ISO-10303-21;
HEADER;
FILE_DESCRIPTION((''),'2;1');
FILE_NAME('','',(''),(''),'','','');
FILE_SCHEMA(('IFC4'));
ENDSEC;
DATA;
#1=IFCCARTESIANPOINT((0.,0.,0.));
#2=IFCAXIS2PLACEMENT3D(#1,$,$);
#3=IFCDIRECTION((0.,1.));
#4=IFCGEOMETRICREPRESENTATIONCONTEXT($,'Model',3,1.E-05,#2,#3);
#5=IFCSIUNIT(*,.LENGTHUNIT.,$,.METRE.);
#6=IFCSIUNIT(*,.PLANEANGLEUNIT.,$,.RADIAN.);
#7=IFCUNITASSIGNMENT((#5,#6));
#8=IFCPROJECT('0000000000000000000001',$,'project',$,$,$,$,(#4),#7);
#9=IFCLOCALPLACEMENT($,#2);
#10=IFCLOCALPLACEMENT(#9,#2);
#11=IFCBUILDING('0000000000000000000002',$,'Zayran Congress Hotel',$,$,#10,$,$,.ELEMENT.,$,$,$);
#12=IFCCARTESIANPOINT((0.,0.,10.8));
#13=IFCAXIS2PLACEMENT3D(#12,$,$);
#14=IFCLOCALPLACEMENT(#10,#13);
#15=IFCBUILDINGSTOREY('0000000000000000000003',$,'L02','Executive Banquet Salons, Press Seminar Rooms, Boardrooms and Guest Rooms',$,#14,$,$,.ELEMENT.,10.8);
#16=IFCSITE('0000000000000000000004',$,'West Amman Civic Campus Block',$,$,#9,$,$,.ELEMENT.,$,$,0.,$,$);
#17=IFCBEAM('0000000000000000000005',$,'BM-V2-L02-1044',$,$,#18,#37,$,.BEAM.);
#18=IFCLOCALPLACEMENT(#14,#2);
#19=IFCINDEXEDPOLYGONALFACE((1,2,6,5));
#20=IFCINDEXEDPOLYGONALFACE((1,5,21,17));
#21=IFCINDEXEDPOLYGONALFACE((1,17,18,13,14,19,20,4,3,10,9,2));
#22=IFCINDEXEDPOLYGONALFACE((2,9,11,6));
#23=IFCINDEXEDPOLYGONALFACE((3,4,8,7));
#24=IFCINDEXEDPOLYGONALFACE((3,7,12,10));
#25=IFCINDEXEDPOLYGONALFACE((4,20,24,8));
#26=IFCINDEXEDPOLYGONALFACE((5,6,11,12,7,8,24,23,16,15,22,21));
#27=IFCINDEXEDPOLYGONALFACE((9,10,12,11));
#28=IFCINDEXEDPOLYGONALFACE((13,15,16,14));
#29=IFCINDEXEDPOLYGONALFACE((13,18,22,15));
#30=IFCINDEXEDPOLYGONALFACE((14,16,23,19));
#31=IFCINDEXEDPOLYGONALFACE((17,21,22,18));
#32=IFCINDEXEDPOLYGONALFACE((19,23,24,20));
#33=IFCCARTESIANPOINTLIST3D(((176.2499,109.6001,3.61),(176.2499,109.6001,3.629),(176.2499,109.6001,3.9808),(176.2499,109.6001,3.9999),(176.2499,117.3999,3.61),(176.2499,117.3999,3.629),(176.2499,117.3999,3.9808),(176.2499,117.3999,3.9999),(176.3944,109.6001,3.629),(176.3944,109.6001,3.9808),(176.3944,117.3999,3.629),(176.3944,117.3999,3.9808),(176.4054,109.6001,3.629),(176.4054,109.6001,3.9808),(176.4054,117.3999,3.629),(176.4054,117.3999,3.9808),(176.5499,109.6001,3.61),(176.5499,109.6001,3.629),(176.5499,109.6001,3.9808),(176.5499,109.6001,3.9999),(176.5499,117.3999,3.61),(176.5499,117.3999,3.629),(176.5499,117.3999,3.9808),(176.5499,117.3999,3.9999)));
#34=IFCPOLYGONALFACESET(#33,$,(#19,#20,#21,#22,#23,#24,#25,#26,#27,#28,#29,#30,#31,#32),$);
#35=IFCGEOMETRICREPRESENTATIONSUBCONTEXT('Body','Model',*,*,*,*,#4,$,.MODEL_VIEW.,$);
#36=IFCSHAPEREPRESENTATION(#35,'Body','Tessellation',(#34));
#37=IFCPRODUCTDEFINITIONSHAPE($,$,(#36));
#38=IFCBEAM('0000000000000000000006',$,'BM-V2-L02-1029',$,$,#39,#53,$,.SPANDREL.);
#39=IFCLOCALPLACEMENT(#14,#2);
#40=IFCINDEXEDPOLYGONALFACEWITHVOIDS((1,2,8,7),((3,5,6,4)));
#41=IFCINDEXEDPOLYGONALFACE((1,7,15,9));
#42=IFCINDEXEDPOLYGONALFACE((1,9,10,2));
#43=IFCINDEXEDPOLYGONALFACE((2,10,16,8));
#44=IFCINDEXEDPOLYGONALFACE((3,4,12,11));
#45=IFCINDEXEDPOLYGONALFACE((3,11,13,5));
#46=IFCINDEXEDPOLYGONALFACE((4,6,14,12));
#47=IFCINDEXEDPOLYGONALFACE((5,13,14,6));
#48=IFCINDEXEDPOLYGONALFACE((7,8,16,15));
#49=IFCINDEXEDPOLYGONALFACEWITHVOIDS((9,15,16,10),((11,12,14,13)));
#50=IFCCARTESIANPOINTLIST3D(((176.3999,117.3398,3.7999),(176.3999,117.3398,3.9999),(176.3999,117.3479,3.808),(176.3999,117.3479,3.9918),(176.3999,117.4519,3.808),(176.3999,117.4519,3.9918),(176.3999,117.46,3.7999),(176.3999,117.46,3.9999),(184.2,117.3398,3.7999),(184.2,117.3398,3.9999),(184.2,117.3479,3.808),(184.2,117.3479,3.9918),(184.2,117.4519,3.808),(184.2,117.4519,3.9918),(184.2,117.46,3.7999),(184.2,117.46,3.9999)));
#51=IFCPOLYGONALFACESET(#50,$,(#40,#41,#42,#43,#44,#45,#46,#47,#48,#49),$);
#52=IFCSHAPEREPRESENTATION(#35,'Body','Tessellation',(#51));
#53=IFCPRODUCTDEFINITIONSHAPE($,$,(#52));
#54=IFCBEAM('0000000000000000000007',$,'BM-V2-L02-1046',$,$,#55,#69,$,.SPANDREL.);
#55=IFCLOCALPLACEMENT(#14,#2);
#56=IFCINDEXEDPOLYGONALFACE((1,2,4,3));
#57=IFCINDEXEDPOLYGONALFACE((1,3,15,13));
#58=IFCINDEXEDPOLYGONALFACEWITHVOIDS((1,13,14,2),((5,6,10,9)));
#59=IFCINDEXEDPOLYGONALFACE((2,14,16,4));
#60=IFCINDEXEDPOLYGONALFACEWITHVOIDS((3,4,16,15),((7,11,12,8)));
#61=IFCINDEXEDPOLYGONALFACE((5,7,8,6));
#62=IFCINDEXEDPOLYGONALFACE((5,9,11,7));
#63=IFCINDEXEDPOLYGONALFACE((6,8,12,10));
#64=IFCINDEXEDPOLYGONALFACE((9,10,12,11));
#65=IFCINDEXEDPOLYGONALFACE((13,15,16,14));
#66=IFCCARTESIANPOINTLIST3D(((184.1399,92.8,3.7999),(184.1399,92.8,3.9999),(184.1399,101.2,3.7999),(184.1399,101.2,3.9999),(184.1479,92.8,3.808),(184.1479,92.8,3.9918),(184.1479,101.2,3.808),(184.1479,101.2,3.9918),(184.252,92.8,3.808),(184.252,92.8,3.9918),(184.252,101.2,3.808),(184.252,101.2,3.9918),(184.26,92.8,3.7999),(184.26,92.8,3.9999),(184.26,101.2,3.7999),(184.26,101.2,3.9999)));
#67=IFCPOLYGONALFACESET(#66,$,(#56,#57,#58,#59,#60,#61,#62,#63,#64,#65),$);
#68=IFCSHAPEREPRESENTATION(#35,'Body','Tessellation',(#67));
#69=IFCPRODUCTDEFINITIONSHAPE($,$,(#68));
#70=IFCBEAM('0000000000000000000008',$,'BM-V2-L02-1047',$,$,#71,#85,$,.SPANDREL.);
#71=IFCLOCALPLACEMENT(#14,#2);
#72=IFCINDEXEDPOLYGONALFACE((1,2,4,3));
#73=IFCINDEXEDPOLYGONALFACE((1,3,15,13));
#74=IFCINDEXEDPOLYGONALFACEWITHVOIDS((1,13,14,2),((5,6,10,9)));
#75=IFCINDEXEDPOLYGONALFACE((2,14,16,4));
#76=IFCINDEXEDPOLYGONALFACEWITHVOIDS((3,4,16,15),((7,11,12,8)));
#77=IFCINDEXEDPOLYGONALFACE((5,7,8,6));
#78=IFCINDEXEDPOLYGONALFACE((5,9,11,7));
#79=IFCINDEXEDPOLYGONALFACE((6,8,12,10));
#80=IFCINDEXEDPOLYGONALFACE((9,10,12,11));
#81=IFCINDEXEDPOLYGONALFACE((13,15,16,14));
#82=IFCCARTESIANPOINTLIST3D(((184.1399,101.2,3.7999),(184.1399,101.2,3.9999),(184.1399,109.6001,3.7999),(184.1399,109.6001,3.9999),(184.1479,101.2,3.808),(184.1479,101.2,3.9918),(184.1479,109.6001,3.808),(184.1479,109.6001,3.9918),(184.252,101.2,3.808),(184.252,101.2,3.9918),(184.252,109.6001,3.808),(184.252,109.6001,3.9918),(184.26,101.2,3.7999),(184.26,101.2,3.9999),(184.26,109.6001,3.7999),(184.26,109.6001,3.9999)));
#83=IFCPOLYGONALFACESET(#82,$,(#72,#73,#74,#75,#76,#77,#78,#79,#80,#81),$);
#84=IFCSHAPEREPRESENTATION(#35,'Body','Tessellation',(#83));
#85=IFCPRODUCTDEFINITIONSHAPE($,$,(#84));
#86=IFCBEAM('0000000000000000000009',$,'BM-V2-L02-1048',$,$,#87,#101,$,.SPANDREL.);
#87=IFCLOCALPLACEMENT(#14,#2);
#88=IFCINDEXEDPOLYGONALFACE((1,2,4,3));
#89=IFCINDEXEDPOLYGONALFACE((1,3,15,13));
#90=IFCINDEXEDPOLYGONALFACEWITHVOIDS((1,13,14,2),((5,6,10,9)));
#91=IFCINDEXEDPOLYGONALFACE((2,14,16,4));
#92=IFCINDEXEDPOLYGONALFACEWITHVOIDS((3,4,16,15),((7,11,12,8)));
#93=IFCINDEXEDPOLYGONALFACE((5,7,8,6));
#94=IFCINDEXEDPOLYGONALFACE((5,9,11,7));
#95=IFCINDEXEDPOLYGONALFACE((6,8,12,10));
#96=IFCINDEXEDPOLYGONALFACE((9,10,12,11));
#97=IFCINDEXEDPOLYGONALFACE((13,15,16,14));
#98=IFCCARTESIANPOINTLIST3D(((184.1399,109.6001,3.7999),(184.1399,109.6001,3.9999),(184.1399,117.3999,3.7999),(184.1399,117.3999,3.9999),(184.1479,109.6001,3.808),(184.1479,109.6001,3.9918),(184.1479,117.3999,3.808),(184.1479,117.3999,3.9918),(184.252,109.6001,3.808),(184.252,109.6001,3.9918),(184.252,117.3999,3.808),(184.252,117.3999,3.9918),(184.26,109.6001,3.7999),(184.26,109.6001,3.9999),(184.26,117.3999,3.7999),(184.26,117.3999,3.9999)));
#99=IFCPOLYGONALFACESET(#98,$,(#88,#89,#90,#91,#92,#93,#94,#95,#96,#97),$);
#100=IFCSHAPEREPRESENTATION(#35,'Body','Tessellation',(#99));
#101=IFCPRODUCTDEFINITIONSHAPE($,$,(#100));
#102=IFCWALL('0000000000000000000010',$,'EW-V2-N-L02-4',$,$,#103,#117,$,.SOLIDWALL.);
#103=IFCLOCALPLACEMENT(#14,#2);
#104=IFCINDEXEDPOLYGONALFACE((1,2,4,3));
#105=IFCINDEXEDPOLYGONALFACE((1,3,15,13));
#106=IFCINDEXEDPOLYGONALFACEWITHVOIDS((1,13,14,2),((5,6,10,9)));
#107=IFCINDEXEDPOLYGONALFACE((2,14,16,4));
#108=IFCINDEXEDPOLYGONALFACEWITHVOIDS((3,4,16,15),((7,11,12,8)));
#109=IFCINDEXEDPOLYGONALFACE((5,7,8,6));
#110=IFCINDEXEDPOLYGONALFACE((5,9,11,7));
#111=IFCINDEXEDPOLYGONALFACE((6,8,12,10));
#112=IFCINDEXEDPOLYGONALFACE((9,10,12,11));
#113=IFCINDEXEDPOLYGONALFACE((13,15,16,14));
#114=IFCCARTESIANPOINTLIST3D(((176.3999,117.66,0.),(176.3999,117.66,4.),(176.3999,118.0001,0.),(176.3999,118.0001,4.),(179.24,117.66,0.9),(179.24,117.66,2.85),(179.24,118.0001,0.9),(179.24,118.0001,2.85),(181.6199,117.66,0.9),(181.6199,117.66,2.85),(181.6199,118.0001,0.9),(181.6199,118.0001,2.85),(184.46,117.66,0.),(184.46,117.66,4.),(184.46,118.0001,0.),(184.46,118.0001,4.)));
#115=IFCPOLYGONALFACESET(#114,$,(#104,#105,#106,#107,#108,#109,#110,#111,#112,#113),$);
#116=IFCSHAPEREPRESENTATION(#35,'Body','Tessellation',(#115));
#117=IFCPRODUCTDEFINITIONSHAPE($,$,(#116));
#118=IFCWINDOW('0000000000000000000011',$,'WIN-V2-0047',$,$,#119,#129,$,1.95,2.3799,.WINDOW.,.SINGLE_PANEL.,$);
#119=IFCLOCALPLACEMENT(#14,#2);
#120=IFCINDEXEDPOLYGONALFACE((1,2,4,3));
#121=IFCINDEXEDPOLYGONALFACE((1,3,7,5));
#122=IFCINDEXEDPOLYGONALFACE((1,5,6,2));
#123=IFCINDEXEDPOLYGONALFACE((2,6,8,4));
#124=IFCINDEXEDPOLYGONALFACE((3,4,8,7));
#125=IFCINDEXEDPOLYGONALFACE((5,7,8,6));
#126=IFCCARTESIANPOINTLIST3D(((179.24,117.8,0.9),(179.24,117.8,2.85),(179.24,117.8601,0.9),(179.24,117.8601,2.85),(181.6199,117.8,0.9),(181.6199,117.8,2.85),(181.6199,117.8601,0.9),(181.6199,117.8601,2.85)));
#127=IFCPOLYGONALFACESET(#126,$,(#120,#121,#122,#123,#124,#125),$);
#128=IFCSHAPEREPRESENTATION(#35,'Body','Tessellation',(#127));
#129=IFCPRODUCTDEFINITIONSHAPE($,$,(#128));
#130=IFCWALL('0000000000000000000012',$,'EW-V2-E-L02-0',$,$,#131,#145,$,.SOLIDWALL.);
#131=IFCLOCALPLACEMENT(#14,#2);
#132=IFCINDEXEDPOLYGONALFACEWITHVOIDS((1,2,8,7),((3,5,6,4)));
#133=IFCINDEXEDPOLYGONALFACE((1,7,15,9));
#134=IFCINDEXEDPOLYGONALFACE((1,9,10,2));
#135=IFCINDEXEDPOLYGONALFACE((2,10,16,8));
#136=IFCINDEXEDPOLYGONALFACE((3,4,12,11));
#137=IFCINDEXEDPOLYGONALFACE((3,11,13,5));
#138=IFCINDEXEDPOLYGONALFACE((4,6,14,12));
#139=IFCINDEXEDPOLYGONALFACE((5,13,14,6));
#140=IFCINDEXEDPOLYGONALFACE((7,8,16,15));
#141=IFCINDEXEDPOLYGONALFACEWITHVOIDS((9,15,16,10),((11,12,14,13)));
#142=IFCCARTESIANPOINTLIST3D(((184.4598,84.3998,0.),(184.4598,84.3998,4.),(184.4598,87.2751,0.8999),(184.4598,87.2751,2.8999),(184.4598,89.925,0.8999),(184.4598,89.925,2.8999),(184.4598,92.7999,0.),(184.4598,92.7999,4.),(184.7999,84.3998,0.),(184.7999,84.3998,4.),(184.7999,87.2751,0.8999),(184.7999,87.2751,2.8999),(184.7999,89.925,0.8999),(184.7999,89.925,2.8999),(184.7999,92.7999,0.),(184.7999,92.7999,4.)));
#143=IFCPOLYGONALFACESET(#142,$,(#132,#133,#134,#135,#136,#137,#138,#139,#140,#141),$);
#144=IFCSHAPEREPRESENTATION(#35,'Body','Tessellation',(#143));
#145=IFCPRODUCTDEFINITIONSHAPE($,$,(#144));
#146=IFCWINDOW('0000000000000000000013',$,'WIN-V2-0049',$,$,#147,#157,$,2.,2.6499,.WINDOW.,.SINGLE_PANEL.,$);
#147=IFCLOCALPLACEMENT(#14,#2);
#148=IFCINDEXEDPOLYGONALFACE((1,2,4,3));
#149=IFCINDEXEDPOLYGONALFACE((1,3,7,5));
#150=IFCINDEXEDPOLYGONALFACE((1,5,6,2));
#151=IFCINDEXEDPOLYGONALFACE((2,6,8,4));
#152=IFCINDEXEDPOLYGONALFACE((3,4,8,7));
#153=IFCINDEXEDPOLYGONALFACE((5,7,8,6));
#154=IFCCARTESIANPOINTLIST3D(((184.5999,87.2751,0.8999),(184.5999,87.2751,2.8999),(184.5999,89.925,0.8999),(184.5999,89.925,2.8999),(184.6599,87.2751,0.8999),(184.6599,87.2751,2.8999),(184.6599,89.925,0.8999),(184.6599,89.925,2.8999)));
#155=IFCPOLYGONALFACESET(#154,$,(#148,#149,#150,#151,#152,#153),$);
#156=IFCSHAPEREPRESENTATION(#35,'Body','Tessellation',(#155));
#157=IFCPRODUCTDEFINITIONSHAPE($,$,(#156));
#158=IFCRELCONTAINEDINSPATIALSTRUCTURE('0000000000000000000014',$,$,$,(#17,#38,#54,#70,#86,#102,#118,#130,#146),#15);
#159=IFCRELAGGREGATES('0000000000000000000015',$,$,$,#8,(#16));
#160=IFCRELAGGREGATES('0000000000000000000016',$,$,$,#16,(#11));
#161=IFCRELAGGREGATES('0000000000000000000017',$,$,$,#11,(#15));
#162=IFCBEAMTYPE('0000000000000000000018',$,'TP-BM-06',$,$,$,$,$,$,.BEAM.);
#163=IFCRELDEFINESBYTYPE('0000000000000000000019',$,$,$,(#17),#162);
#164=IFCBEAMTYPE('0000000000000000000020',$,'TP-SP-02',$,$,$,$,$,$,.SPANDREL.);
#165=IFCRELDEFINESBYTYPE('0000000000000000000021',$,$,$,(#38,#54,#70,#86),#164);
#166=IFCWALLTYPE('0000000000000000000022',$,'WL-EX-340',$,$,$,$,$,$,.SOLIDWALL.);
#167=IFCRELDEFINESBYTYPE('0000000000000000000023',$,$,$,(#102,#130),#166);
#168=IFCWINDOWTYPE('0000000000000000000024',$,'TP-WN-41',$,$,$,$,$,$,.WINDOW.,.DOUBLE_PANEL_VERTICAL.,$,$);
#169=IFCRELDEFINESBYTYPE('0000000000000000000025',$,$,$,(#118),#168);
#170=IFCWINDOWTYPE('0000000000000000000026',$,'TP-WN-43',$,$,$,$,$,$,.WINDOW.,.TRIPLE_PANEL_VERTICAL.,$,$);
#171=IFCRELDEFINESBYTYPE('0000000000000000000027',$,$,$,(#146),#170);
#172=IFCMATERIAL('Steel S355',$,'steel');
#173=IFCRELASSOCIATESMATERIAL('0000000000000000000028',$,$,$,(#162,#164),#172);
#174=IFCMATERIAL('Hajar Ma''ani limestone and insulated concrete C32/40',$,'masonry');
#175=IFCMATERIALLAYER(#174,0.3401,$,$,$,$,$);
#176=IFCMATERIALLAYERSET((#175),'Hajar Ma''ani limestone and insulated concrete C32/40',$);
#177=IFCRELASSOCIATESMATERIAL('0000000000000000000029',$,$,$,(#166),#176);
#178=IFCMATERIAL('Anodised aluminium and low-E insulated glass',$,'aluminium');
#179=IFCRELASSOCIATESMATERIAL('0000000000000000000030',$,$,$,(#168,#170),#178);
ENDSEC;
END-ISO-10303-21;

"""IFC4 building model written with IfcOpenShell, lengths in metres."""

from ifc_helpers import new_model, si_unit, direction, frame, frame_2d, origin, origin_2d, place, context, subcontext, project, spatial, rectangle, hollow_rectangle, i_section, extrude, material, layer, layer_set, material_profile, profile_set, type_object, element, fill, save


model = new_model("IFC4")

# Units and contexts
model_context = context("Model", 3, precision=1e-05, world=origin(), true_north=direction((0.0, 1.0)))
body_context = subcontext(model_context, "Body", "Model", "MODEL_VIEW")
ifc_project = project(units=[si_unit("LENGTHUNIT", "METRE"), si_unit("PLANEANGLEUNIT", "RADIAN")], contexts=[model_context])

# Site, building, storey
site_placement = place(None, origin())
site = spatial("IfcSite", under=ifc_project, at=site_placement, Name="West Amman Civic Campus Block", CompositionType="ELEMENT", RefElevation=0.0)
building_placement = place(site_placement, origin())
building = spatial("IfcBuilding", under=site, at=building_placement, Name="Zayran Congress Hotel", CompositionType="ELEMENT")
storey_placement = place(building_placement, frame((0.0, 0.0, 10.8)))
storey = spatial("IfcBuildingStorey", under=building, at=storey_placement, Name="L02", Description="Executive Banquet Salons, Press Seminar Rooms, Boardrooms and Guest Rooms", CompositionType="ELEMENT", Elevation=10.8)

# Shared definitions
ifc_material_1 = material(Name="Steel S355", Category="steel")

# Beams
ifc_material_profile_1 = material_profile(ifc_material_1, i_section(OverallWidth=0.3, OverallDepth=0.3899, WebThickness=0.011, FlangeThickness=0.019, at=origin_2d()), Name="HEA 400")
ifc_profile_set_1 = profile_set([ifc_material_profile_1], Name="Steel S355")
beam_type_1 = type_object("IfcBeamType", Name="TP-BM-06", PredefinedType="BEAM", material=ifc_profile_set_1)
beam_1_placement = place(storey_placement, frame((176.3999, 109.6001, 3.8049), z_axis=(0.0, 1.0, 0.0), x_axis=(-1.0, 0.0, 0.0)))
element("IfcBeam", 1, at=beam_1_placement, inside=storey, type_object=beam_type_1, Name="BM-V2-L02-1044", PredefinedType="BEAM", context=body_context, shape_type="SweptSolid", body=[
    extrude(i_section(OverallWidth=0.3, OverallDepth=0.3899, WebThickness=0.011, FlangeThickness=0.019, at=origin_2d()), origin(), (0.0, 0.0, 1.0), 7.7998),
])
ifc_material_profile_2 = material_profile(ifc_material_1, hollow_rectangle(XDim=0.1201, YDim=0.2, WallThickness=0.0081, at=origin_2d()), Name="RHS 200x120x8")
ifc_profile_set_2 = profile_set([ifc_material_profile_2], Name="Steel S355")
beam_type_2 = type_object("IfcBeamType", Name="TP-SP-02", PredefinedType="SPANDREL", material=ifc_profile_set_2)
beam_2_placement = place(storey_placement, frame((176.3999, 117.3999, 3.8999), z_axis=(1.0, 0.0, 0.0), x_axis=(0.0, 1.0, 0.0)))
element("IfcBeam", 2, at=beam_2_placement, inside=storey, type_object=beam_type_2, Name="BM-V2-L02-1029", PredefinedType="SPANDREL", context=body_context, shape_type="SweptSolid", body=[
    extrude(hollow_rectangle(XDim=0.1201, YDim=0.2, WallThickness=0.0081, at=origin_2d()), origin(), (0.0, 0.0, 1.0), 7.8),
])
beam_3_placement = place(storey_placement, frame((184.2, 92.8, 3.8999), z_axis=(0.0, 1.0, 0.0), x_axis=(-1.0, 0.0, 0.0)))
element("IfcBeam", 3, at=beam_3_placement, inside=storey, type_object=beam_type_2, Name="BM-V2-L02-1046", PredefinedType="SPANDREL", context=body_context, shape_type="SweptSolid", body=[
    extrude(hollow_rectangle(XDim=0.1201, YDim=0.2, WallThickness=0.0081, at=origin_2d()), origin(), (0.0, 0.0, 1.0), 8.3999),
])
beam_4_placement = place(storey_placement, frame((184.2, 101.2, 3.8999), z_axis=(0.0, 1.0, 0.0), x_axis=(-1.0, 0.0, 0.0)))
element("IfcBeam", 4, at=beam_4_placement, inside=storey, type_object=beam_type_2, Name="BM-V2-L02-1047", PredefinedType="SPANDREL", context=body_context, shape_type="SweptSolid", body=[
    extrude(hollow_rectangle(XDim=0.1201, YDim=0.2, WallThickness=0.0081, at=origin_2d()), origin(), (0.0, 0.0, 1.0), 8.4001),
])
beam_5_placement = place(storey_placement, frame((184.2, 109.6001, 3.8999), z_axis=(0.0, 1.0, 0.0), x_axis=(-1.0, 0.0, 0.0)))
element("IfcBeam", 5, at=beam_5_placement, inside=storey, type_object=beam_type_2, Name="BM-V2-L02-1048", PredefinedType="SPANDREL", context=body_context, shape_type="SweptSolid", body=[
    extrude(hollow_rectangle(XDim=0.1201, YDim=0.2, WallThickness=0.0081, at=origin_2d()), origin(), (0.0, 0.0, 1.0), 7.7998),
])

# Walls, openings, windows
ifc_material_2 = material(Name="Hajar Ma'ani limestone and insulated concrete C32/40", Category="masonry")
ifc_layer_1 = layer(ifc_material_2, 0.3401)
ifc_layer_set_1 = layer_set([ifc_layer_1], Name="Hajar Ma'ani limestone and insulated concrete C32/40")
wall_type_1 = type_object("IfcWallType", Name="WL-EX-340", PredefinedType="SOLIDWALL", material=ifc_layer_set_1)
wall_1_placement = place(storey_placement, frame((176.3999, 117.8301, 0.0), z_axis=(0.0, 0.0, 1.0), x_axis=(1.0, 0.0, 0.0)))
wall_1 = element("IfcWall", 6, at=wall_1_placement, inside=storey, type_object=wall_type_1, Name="EW-V2-N-L02-4", PredefinedType="SOLIDWALL", context=body_context, shape_type="SweptSolid", body=[
    extrude(rectangle(XDim=8.0601, YDim=0.3401, at=frame_2d((4.03, 0.0))), origin(), (0.0, 0.0, 1.0), 4.0),
])
opening_1_placement = place(wall_1_placement, frame((2.8401, 0.0, 0.8999)))
opening_1 = element("IfcOpeningElement", 7, at=opening_1_placement, cuts=wall_1, PredefinedType="OPENING", context=body_context, shape_type="SweptSolid", body=[
    extrude(rectangle(XDim=2.3799, YDim=1.95, at=frame_2d((1.1899, 0.9751))), frame((0.0, 0.1799, 0.0), z_axis=(0.0, -1.0, 0.0), x_axis=(1.0, 0.0, 0.0)), (0.0, 0.0, 1.0), 0.3601),
])
ifc_material_3 = material(Name="Anodised aluminium and low-E insulated glass", Category="aluminium")
window_type_1 = type_object("IfcWindowType", Name="TP-WN-41", PartitioningType="DOUBLE_PANEL_VERTICAL", PredefinedType="WINDOW", material=ifc_material_3)
window_1_placement = place(opening_1_placement, origin())
window_1 = element("IfcWindow", 8, at=window_1_placement, inside=storey, type_object=window_type_1, Name="WIN-V2-0047", OverallHeight=1.95, OverallWidth=2.3799, PartitioningType="SINGLE_PANEL", PredefinedType="WINDOW", context=body_context, shape_type="SweptSolid", body=[
    extrude(rectangle(XDim=2.3799, YDim=1.95, at=frame_2d((1.1899, 0.9751))), frame((0.0, 0.03, 0.0), z_axis=(0.0, -1.0, 0.0), x_axis=(1.0, 0.0, 0.0)), (0.0, 0.0, 1.0), 0.0601),
])
fill(opening_1, window_1)
wall_2_placement = place(storey_placement, frame((184.6299, 92.8, 0.0), z_axis=(0.0, 0.0, 1.0), x_axis=(0.0, -1.0, 0.0)))
wall_2 = element("IfcWall", 9, at=wall_2_placement, inside=storey, type_object=wall_type_1, Name="EW-V2-E-L02-0", PredefinedType="SOLIDWALL", context=body_context, shape_type="SweptSolid", body=[
    extrude(rectangle(XDim=8.4001, YDim=0.3401, at=frame_2d((4.2002, 0.0))), origin(), (0.0, 0.0, 1.0), 4.0),
])
opening_2_placement = place(wall_2_placement, frame((2.875, 0.0, 0.8999)))
opening_2 = element("IfcOpeningElement", 10, at=opening_2_placement, cuts=wall_2, PredefinedType="OPENING", context=body_context, shape_type="SweptSolid", body=[
    extrude(rectangle(XDim=2.6499, YDim=2.0, at=frame_2d((1.325, 1.0))), frame((0.0, 0.1799, 0.0), z_axis=(0.0, -1.0, 0.0), x_axis=(1.0, 0.0, 0.0)), (0.0, 0.0, 1.0), 0.3601),
])
window_type_2 = type_object("IfcWindowType", Name="TP-WN-43", PartitioningType="TRIPLE_PANEL_VERTICAL", PredefinedType="WINDOW", material=ifc_material_3)
window_2_placement = place(opening_2_placement, origin())
window_2 = element("IfcWindow", 11, at=window_2_placement, inside=storey, type_object=window_type_2, Name="WIN-V2-0049", OverallHeight=2.0, OverallWidth=2.6499, PartitioningType="SINGLE_PANEL", PredefinedType="WINDOW", context=body_context, shape_type="SweptSolid", body=[
    extrude(rectangle(XDim=2.6499, YDim=2.0, at=frame_2d((1.325, 1.0))), frame((0.0, 0.03, 0.0), z_axis=(0.0, -1.0, 0.0), x_axis=(1.0, 0.0, 0.0)), (0.0, 0.0, 1.0), 0.0601),
])
fill(opening_2, window_2)

save(model, "model.ifc")
